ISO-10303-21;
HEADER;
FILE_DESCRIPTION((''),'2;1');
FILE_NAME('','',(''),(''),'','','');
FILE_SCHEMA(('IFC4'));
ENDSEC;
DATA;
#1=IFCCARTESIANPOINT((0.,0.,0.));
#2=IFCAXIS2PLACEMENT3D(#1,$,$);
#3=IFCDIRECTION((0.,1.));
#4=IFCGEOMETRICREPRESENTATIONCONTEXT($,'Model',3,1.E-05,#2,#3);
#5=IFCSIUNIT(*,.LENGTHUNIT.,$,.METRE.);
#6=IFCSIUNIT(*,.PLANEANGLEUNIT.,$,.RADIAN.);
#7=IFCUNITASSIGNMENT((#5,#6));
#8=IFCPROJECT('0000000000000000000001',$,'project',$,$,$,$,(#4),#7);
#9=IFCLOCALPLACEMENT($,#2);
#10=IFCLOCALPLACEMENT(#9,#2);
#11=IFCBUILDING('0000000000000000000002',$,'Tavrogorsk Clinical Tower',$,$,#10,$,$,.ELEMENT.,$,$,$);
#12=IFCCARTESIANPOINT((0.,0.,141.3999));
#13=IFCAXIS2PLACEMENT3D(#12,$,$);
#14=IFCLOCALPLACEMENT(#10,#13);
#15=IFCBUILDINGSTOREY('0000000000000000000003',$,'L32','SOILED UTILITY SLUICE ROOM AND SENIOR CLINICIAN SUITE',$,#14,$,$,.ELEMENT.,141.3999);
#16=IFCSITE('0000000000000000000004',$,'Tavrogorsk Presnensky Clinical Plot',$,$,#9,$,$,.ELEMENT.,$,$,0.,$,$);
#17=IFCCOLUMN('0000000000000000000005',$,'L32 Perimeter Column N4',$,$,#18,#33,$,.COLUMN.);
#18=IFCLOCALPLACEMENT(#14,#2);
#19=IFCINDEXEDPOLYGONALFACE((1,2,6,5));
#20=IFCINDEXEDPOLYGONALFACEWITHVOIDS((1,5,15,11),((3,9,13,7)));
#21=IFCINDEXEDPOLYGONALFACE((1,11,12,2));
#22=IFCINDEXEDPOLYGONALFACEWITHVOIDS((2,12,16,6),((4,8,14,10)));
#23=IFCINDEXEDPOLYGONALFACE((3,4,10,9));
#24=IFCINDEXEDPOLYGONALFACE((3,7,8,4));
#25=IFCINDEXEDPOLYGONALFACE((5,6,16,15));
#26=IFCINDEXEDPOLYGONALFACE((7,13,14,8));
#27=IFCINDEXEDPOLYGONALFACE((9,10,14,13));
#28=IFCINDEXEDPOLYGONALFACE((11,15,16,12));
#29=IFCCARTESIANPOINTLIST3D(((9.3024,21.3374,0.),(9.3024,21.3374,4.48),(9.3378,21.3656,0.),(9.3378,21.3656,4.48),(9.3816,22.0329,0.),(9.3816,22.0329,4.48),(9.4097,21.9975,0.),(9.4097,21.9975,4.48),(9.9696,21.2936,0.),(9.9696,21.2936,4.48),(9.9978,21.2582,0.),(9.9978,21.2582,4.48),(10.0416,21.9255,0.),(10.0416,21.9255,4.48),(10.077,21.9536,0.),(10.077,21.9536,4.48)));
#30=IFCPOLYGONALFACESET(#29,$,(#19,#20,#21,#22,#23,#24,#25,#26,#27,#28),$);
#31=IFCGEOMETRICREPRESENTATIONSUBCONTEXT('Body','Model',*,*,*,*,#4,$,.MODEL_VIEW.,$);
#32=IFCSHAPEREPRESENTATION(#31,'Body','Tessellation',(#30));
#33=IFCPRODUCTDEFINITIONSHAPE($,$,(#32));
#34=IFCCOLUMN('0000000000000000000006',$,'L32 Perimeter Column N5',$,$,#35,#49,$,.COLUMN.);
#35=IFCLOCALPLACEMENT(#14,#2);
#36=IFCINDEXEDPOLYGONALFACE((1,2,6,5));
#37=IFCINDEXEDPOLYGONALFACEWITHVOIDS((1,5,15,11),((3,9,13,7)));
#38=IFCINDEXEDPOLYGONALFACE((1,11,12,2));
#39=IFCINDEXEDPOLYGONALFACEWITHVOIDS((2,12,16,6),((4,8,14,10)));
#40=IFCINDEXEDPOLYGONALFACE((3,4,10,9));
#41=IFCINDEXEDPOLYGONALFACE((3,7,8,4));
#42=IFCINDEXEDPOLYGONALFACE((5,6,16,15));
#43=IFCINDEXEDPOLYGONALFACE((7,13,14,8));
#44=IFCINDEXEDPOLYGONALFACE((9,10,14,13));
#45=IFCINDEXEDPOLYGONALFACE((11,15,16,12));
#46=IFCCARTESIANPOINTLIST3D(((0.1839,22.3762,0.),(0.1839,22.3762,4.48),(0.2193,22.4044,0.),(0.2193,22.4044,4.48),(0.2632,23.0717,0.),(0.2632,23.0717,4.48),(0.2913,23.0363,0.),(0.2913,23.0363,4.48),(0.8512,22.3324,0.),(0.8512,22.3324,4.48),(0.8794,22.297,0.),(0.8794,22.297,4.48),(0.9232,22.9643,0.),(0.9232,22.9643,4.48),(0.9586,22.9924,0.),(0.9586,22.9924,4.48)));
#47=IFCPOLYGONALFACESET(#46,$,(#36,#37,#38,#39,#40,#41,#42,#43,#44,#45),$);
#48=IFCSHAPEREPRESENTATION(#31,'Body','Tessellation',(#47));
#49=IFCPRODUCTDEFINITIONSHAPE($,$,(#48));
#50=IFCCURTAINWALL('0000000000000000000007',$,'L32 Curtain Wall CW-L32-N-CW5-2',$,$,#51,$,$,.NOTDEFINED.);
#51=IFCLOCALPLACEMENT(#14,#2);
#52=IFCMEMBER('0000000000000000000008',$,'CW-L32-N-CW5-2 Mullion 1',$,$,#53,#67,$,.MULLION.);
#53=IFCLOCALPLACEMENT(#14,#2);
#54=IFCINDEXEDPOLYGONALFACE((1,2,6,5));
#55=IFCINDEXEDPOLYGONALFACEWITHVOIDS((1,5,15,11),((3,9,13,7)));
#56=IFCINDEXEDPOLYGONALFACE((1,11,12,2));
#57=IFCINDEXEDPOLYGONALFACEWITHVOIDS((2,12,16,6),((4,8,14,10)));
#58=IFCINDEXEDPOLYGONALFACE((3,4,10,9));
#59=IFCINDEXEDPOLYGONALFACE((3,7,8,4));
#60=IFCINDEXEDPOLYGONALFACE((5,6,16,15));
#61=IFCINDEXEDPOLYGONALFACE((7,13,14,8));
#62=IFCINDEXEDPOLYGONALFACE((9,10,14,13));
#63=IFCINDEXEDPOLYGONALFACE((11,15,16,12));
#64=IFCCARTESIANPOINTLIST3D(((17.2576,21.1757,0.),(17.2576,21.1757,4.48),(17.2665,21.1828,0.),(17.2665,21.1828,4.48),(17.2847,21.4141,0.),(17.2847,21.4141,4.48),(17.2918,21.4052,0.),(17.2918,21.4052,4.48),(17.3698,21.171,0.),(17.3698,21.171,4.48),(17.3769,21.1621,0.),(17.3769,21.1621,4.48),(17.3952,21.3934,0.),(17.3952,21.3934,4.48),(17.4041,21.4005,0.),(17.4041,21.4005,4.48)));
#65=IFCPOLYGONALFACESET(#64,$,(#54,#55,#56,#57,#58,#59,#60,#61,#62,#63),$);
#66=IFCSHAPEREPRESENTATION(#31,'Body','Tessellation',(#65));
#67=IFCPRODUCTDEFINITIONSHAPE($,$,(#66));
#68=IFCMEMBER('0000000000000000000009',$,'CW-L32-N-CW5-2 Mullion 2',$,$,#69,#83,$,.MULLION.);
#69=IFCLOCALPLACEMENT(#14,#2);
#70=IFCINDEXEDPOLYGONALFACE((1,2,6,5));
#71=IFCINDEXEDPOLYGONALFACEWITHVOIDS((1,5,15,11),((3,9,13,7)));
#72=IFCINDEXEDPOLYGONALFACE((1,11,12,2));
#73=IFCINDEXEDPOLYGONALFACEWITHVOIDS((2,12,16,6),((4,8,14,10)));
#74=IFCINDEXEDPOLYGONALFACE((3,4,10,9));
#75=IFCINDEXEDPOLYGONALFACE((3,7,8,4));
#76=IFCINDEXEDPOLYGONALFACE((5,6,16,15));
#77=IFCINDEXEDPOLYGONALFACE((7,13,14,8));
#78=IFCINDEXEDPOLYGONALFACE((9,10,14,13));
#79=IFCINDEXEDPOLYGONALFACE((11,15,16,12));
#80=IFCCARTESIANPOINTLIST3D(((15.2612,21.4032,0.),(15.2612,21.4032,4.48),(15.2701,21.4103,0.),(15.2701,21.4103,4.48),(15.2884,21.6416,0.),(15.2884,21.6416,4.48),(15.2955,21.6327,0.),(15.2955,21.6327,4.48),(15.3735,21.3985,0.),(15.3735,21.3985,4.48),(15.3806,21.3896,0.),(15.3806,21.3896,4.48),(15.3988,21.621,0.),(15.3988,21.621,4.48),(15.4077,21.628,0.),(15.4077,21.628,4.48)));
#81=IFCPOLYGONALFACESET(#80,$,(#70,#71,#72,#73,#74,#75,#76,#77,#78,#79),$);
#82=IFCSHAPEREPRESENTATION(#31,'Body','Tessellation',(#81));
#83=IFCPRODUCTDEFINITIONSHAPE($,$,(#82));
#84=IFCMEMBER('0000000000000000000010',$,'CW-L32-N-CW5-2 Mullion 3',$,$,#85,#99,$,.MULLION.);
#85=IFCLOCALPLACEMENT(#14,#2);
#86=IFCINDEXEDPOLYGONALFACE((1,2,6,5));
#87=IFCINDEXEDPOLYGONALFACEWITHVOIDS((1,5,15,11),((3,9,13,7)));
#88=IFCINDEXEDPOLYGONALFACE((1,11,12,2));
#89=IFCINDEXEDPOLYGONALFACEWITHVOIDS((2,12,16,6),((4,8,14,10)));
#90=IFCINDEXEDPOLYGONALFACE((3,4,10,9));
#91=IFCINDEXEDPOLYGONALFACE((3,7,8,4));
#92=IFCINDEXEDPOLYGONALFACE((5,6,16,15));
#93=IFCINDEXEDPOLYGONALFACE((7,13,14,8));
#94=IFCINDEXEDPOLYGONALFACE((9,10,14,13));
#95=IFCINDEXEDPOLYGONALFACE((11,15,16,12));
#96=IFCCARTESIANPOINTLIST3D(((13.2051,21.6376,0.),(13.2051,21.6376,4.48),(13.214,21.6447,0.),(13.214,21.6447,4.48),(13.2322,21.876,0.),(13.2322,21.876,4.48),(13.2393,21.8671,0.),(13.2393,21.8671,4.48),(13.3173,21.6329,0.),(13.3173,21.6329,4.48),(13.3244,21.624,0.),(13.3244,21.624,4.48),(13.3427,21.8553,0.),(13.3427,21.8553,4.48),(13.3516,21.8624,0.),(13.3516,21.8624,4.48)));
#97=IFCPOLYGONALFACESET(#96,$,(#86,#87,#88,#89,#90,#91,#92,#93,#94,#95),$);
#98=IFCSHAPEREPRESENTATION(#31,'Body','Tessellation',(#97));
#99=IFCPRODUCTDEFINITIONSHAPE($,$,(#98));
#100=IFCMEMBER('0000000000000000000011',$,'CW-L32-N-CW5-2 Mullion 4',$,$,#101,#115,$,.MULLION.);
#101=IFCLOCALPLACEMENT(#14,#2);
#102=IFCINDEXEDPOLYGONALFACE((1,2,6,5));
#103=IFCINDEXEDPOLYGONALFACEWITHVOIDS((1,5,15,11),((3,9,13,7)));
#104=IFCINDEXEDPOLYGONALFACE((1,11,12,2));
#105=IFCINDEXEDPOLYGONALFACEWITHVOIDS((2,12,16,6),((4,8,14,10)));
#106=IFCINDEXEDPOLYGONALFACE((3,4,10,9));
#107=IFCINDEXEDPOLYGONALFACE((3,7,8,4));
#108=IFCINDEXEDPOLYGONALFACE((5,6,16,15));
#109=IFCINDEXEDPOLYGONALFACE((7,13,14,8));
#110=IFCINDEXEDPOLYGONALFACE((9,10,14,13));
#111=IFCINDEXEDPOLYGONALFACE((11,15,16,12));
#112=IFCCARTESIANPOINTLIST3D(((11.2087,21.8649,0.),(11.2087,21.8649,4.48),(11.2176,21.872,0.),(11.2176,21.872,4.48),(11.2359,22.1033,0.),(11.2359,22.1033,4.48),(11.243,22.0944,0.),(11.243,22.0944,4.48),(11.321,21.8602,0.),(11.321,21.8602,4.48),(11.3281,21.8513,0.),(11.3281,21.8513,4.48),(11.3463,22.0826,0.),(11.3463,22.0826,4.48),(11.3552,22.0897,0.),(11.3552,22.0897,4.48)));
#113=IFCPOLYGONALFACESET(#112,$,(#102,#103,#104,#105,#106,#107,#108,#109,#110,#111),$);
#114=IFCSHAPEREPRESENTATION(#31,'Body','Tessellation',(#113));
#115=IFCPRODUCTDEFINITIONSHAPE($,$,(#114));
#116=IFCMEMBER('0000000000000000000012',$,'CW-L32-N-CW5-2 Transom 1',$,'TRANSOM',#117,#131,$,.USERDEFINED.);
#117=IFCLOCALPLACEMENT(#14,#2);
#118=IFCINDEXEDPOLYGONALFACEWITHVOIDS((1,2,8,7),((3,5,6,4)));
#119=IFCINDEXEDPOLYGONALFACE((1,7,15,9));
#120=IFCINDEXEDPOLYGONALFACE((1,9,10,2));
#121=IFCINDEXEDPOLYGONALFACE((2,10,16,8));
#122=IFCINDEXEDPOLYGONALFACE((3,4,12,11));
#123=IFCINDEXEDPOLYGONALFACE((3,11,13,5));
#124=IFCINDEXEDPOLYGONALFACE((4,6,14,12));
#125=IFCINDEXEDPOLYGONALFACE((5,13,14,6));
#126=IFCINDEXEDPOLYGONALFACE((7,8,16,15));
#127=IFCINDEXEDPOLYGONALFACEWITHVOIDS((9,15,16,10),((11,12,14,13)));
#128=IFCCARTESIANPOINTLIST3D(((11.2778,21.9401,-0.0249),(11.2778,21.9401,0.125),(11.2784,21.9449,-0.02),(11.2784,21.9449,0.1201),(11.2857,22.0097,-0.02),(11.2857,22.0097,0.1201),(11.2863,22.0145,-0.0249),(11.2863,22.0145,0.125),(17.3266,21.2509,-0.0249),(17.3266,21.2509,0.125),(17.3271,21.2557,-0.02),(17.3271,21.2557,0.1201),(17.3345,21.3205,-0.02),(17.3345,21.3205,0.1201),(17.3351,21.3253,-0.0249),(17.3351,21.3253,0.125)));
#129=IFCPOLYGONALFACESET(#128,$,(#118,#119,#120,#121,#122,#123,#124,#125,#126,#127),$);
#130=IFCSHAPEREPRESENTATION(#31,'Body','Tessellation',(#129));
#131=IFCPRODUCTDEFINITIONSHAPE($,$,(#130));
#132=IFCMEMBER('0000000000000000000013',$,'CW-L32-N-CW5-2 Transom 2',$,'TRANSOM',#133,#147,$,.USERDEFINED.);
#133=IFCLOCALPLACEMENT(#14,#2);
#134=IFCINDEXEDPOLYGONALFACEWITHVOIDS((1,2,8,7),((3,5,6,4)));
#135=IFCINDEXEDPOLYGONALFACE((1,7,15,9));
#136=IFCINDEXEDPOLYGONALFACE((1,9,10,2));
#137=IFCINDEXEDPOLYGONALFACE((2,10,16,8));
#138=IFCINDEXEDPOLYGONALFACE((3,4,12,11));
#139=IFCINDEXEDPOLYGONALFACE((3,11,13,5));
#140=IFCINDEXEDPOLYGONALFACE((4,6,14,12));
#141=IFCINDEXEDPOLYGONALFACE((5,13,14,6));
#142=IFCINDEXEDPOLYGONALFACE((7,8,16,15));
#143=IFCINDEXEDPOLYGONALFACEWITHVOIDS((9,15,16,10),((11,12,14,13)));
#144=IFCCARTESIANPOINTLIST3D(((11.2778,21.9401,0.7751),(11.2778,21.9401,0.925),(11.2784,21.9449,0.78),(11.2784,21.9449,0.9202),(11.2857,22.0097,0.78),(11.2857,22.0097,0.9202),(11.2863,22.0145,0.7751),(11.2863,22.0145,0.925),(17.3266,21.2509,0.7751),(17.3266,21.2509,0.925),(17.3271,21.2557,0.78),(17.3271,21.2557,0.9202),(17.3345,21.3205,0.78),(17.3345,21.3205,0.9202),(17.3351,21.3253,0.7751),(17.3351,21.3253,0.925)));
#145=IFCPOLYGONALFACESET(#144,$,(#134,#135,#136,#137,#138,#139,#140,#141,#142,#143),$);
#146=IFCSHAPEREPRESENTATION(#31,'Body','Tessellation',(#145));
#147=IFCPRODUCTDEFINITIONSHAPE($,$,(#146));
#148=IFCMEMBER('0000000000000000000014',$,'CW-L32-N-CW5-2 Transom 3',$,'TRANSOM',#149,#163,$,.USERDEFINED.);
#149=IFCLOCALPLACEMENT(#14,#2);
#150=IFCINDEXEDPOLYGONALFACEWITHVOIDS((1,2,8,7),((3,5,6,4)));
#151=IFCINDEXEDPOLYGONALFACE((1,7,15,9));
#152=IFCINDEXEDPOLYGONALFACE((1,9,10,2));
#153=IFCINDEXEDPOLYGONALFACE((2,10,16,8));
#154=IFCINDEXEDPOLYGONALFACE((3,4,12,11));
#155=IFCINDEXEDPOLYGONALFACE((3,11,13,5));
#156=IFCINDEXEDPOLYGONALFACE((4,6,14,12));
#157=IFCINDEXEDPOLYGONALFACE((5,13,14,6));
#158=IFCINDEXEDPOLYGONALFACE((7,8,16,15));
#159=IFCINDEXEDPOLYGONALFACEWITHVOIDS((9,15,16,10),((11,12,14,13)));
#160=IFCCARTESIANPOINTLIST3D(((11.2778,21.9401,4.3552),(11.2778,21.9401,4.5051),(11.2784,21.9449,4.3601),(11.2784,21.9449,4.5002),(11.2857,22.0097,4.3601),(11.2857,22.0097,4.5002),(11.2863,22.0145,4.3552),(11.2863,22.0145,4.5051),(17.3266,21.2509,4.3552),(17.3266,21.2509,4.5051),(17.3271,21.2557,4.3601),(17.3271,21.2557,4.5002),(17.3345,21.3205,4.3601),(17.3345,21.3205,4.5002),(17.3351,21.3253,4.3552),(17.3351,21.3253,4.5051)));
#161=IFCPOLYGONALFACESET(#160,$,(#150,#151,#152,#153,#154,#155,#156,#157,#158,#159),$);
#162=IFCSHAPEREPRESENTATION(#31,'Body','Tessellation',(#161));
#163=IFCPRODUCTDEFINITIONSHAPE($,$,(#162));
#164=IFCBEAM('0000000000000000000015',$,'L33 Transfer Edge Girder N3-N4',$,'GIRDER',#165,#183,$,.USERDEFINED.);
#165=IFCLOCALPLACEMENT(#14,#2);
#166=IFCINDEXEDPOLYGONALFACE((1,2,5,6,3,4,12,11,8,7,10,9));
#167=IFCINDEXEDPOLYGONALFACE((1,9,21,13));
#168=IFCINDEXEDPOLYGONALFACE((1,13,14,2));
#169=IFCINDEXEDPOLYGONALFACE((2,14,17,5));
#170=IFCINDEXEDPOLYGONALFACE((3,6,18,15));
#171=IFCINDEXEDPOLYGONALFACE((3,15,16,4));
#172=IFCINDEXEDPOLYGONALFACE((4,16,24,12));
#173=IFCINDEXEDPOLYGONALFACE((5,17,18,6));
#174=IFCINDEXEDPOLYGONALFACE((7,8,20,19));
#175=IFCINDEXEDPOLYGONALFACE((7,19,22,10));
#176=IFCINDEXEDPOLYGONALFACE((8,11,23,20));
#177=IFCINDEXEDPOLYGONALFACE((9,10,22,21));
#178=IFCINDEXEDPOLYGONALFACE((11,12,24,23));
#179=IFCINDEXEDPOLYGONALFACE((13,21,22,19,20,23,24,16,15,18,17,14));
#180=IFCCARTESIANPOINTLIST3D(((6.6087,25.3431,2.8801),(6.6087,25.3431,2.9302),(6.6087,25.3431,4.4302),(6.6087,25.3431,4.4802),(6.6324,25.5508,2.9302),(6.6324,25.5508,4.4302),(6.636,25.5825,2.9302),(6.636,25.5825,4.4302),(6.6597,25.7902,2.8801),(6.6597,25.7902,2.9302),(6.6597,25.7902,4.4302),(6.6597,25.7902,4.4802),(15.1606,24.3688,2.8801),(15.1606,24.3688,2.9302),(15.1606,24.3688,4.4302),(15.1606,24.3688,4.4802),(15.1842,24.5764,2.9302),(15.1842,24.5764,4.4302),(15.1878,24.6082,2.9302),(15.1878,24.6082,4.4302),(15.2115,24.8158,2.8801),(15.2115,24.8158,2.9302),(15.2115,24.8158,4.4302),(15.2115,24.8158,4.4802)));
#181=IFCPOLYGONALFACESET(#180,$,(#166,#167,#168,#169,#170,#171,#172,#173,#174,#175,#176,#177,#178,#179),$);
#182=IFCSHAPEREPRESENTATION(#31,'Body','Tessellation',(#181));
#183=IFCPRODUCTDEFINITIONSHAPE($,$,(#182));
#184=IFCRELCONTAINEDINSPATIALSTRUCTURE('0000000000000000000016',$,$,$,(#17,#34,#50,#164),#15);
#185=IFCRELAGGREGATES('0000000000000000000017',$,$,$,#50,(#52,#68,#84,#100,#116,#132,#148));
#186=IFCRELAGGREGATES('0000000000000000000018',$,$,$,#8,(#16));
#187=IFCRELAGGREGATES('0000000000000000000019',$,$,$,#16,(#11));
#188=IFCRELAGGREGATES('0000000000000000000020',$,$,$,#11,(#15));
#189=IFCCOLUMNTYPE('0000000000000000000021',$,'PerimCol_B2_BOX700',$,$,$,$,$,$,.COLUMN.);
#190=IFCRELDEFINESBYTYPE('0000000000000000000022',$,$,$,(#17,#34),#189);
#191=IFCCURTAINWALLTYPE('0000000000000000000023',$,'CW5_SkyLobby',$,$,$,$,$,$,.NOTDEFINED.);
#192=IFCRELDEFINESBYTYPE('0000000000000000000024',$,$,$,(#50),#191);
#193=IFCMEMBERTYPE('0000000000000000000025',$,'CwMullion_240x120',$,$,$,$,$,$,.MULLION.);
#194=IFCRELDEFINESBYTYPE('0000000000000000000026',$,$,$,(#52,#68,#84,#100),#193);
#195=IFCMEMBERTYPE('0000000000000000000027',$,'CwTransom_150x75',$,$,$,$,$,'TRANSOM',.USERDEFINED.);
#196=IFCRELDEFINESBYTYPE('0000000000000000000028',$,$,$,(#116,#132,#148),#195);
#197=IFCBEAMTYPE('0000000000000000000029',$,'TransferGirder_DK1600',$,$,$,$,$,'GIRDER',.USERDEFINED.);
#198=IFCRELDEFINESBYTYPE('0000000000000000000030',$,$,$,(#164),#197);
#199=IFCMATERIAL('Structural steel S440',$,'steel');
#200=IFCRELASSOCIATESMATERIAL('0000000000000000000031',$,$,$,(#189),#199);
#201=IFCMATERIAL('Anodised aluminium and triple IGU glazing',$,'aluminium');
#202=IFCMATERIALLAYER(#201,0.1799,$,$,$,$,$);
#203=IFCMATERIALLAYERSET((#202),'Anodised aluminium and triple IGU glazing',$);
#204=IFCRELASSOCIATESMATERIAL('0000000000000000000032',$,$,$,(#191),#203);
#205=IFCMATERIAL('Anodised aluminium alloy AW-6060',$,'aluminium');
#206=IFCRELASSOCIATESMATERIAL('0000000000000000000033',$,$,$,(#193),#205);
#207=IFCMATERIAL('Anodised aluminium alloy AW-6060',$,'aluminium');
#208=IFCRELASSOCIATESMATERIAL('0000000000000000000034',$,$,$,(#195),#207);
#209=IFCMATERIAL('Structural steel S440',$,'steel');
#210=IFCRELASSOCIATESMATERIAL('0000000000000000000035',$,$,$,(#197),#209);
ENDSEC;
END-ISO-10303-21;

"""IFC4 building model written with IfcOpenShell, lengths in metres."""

from ifc_helpers import new_model, si_unit, direction, frame, origin, origin_2d, place, context, subcontext, project, spatial, hollow_rectangle, i_section, extrude, material, layer, layer_set, material_profile, profile_set, type_object, element, aggregate, save


model = new_model("IFC4")

# Units and contexts
model_context = context("Model", 3, precision=1e-05, world=origin(), true_north=direction((0.0, 1.0)))
body_context = subcontext(model_context, "Body", "Model", "MODEL_VIEW")
ifc_project = project(units=[si_unit("LENGTHUNIT", "METRE"), si_unit("PLANEANGLEUNIT", "RADIAN")], contexts=[model_context])

# Site, building, storey
site_placement = place(None, origin())
site = spatial("IfcSite", under=ifc_project, at=site_placement, Name="Tavrogorsk Presnensky Clinical Plot", CompositionType="ELEMENT", RefElevation=0.0)
building_placement = place(site_placement, origin())
building = spatial("IfcBuilding", under=site, at=building_placement, Name="Tavrogorsk Clinical Tower", CompositionType="ELEMENT")
storey_placement = place(building_placement, frame((0.0, 0.0, 141.3999)))
storey = spatial("IfcBuildingStorey", under=building, at=storey_placement, Name="L32", Description="SOILED UTILITY SLUICE ROOM AND SENIOR CLINICIAN SUITE", CompositionType="ELEMENT", Elevation=141.3999)

# Columns
ifc_material_1 = material(Name="Structural steel S440", Category="steel")
ifc_material_profile_1 = material_profile(ifc_material_1, hollow_rectangle(XDim=0.7, YDim=0.7, WallThickness=0.032, at=origin_2d()), Name="BOX-700x700x32")
ifc_profile_set_1 = profile_set([ifc_material_profile_1], Name="Structural steel S440")
column_type = type_object("IfcColumnType", Name="PerimCol_B2_BOX700", PredefinedType="COLUMN", material=ifc_profile_set_1)
for number, where, z_axis, x_axis, name in (
    (1, (9.6897, 21.6455, 0.0), (0.0, 0.0, 1.0), (0.993572, -0.113203, 0.0), "L32 Perimeter Column N4"),
    (2, (0.5713, 22.6843, 0.0), (0.0, 0.0, 1.0), (0.993572, -0.113203, 0.0), "L32 Perimeter Column N5"),
):
    element("IfcColumn", number, at=place(storey_placement, frame(where, z_axis=z_axis, x_axis=x_axis)), inside=storey, type_object=column_type, Name=name, PredefinedType="COLUMN", context=body_context, shape_type="SweptSolid", body=[
        extrude(hollow_rectangle(XDim=0.7, YDim=0.7, WallThickness=0.032, at=origin_2d()), origin(), (0.0, 0.0, 1.0), 4.48),
    ])

# Curtain wall, members
ifc_material_2 = material(Name="Anodised aluminium and triple IGU glazing", Category="aluminium")
ifc_layer_1 = layer(ifc_material_2, 0.1799)
ifc_layer_set_1 = layer_set([ifc_layer_1], Name="Anodised aluminium and triple IGU glazing")
curtain_wall_type = type_object("IfcCurtainWallType", Name="CW5_SkyLobby", PredefinedType="NOTDEFINED", material=ifc_layer_set_1)
curtain_wall_placement = place(storey_placement, origin())
curtain_wall = element("IfcCurtainWall", 3, at=curtain_wall_placement, inside=storey, type_object=curtain_wall_type, Name="L32 Curtain Wall CW-L32-N-CW5-2", PredefinedType="NOTDEFINED")
ifc_material_3 = material(Name="Anodised aluminium alloy AW-6060", Category="aluminium")
ifc_material_profile_2 = material_profile(ifc_material_3, hollow_rectangle(XDim=0.1201, YDim=0.24, WallThickness=0.0081, at=origin_2d()), Name="RHS-240x120x8")
ifc_profile_set_2 = profile_set([ifc_material_profile_2], Name="Anodised aluminium alloy AW-6060")
member_type_1 = type_object("IfcMemberType", Name="CwMullion_240x120", PredefinedType="MULLION", material=ifc_profile_set_2)
member_1_placement = place(storey_placement, frame((17.3308, 21.2881, 0.0), z_axis=(0.0, 0.0, 1.0), x_axis=(-0.993572, 0.113203, 0.0)))
member_1 = element("IfcMember", 4, at=member_1_placement, type_object=member_type_1, Name="CW-L32-N-CW5-2 Mullion 1", PredefinedType="MULLION", context=body_context, shape_type="SweptSolid", body=[
    extrude(hollow_rectangle(XDim=0.1201, YDim=0.24, WallThickness=0.0081, at=origin_2d()), origin(), (0.0, 0.0, 1.0), 4.48),
])
member_2_placement = place(storey_placement, frame((15.3345, 21.5156, 0.0), z_axis=(0.0, 0.0, 1.0), x_axis=(-0.993572, 0.113203, 0.0)))
member_2 = element("IfcMember", 5, at=member_2_placement, type_object=member_type_1, Name="CW-L32-N-CW5-2 Mullion 2", PredefinedType="MULLION", context=body_context, shape_type="SweptSolid", body=[
    extrude(hollow_rectangle(XDim=0.1201, YDim=0.24, WallThickness=0.0081, at=origin_2d()), origin(), (0.0, 0.0, 1.0), 4.48),
])
member_3_placement = place(storey_placement, frame((13.2783, 21.75, 0.0), z_axis=(0.0, 0.0, 1.0), x_axis=(-0.993572, 0.113203, 0.0)))
member_3 = element("IfcMember", 6, at=member_3_placement, type_object=member_type_1, Name="CW-L32-N-CW5-2 Mullion 3", PredefinedType="MULLION", context=body_context, shape_type="SweptSolid", body=[
    extrude(hollow_rectangle(XDim=0.1201, YDim=0.24, WallThickness=0.0081, at=origin_2d()), origin(), (0.0, 0.0, 1.0), 4.48),
])
member_4_placement = place(storey_placement, frame((11.282, 21.9773, 0.0), z_axis=(0.0, 0.0, 1.0), x_axis=(-0.993572, 0.113203, 0.0)))
member_4 = element("IfcMember", 7, at=member_4_placement, type_object=member_type_1, Name="CW-L32-N-CW5-2 Mullion 4", PredefinedType="MULLION", context=body_context, shape_type="SweptSolid", body=[
    extrude(hollow_rectangle(XDim=0.1201, YDim=0.24, WallThickness=0.0081, at=origin_2d()), origin(), (0.0, 0.0, 1.0), 4.48),
])
ifc_material_4 = material(Name="Anodised aluminium alloy AW-6060", Category="aluminium")
ifc_material_profile_3 = material_profile(ifc_material_4, hollow_rectangle(XDim=0.075, YDim=0.1499, WallThickness=0.0049, at=origin_2d()), Name="RHS-150x75x5")
ifc_profile_set_3 = profile_set([ifc_material_profile_3], Name="Anodised aluminium alloy AW-6060")
member_type_2 = type_object("IfcMemberType", Name="CwTransom_150x75", ElementType="TRANSOM", PredefinedType="USERDEFINED", material=ifc_profile_set_3)
member_5_placement = place(storey_placement, frame((17.3308, 21.2881, 0.05), z_axis=(-0.993571, 0.113208, 0.0), x_axis=(-0.113208, -0.993571, 0.0)))
member_5 = element("IfcMember", 8, at=member_5_placement, type_object=member_type_2, Name="CW-L32-N-CW5-2 Transom 1", ObjectType="TRANSOM", PredefinedType="USERDEFINED", context=body_context, shape_type="SweptSolid", body=[
    extrude(hollow_rectangle(XDim=0.075, YDim=0.1499, WallThickness=0.0049, at=origin_2d()), origin(), (0.0, 0.0, 1.0), 6.0879),
])
member_6_placement = place(storey_placement, frame((17.3308, 21.2881, 0.8501), z_axis=(-0.993571, 0.113208, 0.0), x_axis=(-0.113208, -0.993571, 0.0)))
member_6 = element("IfcMember", 9, at=member_6_placement, type_object=member_type_2, Name="CW-L32-N-CW5-2 Transom 2", ObjectType="TRANSOM", PredefinedType="USERDEFINED", context=body_context, shape_type="SweptSolid", body=[
    extrude(hollow_rectangle(XDim=0.075, YDim=0.1499, WallThickness=0.0049, at=origin_2d()), origin(), (0.0, 0.0, 1.0), 6.0879),
])
member_7_placement = place(storey_placement, frame((17.3308, 21.2881, 4.4302), z_axis=(-0.993571, 0.113208, 0.0), x_axis=(-0.113208, -0.993571, 0.0)))
member_7 = element("IfcMember", 10, at=member_7_placement, type_object=member_type_2, Name="CW-L32-N-CW5-2 Transom 3", ObjectType="TRANSOM", PredefinedType="USERDEFINED", context=body_context, shape_type="SweptSolid", body=[
    extrude(hollow_rectangle(XDim=0.075, YDim=0.1499, WallThickness=0.0049, at=origin_2d()), origin(), (0.0, 0.0, 1.0), 6.0879),
])

# Beam
ifc_material_5 = material(Name="Structural steel S440", Category="steel")
ifc_material_profile_4 = material_profile(ifc_material_5, i_section(OverallWidth=0.45, OverallDepth=1.6001, WebThickness=0.032, FlangeThickness=0.05, at=origin_2d()), Name="DK-1600x450x32x50")
ifc_profile_set_4 = profile_set([ifc_material_profile_4], Name="Structural steel S440")
beam_type_1 = type_object("IfcBeamType", Name="TransferGirder_DK1600", ElementType="GIRDER", PredefinedType="USERDEFINED", material=ifc_profile_set_4)
beam_1_placement = place(storey_placement, frame((15.186, 24.5923, 3.6802), z_axis=(-0.993572, 0.113205, 0.0), x_axis=(-0.113205, -0.993572, 0.0)))
element("IfcBeam", 11, at=beam_1_placement, inside=storey, type_object=beam_type_1, Name="L33 Transfer Edge Girder N3-N4", ObjectType="GIRDER", PredefinedType="USERDEFINED", context=body_context, shape_type="SweptSolid", body=[
    extrude(i_section(OverallWidth=0.45, OverallDepth=1.6001, WebThickness=0.032, FlangeThickness=0.05, at=origin_2d()), origin(), (0.0, 0.0, 1.0), 8.6072),
])

aggregate(curtain_wall, [member_1, member_2, member_3, member_4, member_5, member_6, member_7])

save(model, "model.ifc")
